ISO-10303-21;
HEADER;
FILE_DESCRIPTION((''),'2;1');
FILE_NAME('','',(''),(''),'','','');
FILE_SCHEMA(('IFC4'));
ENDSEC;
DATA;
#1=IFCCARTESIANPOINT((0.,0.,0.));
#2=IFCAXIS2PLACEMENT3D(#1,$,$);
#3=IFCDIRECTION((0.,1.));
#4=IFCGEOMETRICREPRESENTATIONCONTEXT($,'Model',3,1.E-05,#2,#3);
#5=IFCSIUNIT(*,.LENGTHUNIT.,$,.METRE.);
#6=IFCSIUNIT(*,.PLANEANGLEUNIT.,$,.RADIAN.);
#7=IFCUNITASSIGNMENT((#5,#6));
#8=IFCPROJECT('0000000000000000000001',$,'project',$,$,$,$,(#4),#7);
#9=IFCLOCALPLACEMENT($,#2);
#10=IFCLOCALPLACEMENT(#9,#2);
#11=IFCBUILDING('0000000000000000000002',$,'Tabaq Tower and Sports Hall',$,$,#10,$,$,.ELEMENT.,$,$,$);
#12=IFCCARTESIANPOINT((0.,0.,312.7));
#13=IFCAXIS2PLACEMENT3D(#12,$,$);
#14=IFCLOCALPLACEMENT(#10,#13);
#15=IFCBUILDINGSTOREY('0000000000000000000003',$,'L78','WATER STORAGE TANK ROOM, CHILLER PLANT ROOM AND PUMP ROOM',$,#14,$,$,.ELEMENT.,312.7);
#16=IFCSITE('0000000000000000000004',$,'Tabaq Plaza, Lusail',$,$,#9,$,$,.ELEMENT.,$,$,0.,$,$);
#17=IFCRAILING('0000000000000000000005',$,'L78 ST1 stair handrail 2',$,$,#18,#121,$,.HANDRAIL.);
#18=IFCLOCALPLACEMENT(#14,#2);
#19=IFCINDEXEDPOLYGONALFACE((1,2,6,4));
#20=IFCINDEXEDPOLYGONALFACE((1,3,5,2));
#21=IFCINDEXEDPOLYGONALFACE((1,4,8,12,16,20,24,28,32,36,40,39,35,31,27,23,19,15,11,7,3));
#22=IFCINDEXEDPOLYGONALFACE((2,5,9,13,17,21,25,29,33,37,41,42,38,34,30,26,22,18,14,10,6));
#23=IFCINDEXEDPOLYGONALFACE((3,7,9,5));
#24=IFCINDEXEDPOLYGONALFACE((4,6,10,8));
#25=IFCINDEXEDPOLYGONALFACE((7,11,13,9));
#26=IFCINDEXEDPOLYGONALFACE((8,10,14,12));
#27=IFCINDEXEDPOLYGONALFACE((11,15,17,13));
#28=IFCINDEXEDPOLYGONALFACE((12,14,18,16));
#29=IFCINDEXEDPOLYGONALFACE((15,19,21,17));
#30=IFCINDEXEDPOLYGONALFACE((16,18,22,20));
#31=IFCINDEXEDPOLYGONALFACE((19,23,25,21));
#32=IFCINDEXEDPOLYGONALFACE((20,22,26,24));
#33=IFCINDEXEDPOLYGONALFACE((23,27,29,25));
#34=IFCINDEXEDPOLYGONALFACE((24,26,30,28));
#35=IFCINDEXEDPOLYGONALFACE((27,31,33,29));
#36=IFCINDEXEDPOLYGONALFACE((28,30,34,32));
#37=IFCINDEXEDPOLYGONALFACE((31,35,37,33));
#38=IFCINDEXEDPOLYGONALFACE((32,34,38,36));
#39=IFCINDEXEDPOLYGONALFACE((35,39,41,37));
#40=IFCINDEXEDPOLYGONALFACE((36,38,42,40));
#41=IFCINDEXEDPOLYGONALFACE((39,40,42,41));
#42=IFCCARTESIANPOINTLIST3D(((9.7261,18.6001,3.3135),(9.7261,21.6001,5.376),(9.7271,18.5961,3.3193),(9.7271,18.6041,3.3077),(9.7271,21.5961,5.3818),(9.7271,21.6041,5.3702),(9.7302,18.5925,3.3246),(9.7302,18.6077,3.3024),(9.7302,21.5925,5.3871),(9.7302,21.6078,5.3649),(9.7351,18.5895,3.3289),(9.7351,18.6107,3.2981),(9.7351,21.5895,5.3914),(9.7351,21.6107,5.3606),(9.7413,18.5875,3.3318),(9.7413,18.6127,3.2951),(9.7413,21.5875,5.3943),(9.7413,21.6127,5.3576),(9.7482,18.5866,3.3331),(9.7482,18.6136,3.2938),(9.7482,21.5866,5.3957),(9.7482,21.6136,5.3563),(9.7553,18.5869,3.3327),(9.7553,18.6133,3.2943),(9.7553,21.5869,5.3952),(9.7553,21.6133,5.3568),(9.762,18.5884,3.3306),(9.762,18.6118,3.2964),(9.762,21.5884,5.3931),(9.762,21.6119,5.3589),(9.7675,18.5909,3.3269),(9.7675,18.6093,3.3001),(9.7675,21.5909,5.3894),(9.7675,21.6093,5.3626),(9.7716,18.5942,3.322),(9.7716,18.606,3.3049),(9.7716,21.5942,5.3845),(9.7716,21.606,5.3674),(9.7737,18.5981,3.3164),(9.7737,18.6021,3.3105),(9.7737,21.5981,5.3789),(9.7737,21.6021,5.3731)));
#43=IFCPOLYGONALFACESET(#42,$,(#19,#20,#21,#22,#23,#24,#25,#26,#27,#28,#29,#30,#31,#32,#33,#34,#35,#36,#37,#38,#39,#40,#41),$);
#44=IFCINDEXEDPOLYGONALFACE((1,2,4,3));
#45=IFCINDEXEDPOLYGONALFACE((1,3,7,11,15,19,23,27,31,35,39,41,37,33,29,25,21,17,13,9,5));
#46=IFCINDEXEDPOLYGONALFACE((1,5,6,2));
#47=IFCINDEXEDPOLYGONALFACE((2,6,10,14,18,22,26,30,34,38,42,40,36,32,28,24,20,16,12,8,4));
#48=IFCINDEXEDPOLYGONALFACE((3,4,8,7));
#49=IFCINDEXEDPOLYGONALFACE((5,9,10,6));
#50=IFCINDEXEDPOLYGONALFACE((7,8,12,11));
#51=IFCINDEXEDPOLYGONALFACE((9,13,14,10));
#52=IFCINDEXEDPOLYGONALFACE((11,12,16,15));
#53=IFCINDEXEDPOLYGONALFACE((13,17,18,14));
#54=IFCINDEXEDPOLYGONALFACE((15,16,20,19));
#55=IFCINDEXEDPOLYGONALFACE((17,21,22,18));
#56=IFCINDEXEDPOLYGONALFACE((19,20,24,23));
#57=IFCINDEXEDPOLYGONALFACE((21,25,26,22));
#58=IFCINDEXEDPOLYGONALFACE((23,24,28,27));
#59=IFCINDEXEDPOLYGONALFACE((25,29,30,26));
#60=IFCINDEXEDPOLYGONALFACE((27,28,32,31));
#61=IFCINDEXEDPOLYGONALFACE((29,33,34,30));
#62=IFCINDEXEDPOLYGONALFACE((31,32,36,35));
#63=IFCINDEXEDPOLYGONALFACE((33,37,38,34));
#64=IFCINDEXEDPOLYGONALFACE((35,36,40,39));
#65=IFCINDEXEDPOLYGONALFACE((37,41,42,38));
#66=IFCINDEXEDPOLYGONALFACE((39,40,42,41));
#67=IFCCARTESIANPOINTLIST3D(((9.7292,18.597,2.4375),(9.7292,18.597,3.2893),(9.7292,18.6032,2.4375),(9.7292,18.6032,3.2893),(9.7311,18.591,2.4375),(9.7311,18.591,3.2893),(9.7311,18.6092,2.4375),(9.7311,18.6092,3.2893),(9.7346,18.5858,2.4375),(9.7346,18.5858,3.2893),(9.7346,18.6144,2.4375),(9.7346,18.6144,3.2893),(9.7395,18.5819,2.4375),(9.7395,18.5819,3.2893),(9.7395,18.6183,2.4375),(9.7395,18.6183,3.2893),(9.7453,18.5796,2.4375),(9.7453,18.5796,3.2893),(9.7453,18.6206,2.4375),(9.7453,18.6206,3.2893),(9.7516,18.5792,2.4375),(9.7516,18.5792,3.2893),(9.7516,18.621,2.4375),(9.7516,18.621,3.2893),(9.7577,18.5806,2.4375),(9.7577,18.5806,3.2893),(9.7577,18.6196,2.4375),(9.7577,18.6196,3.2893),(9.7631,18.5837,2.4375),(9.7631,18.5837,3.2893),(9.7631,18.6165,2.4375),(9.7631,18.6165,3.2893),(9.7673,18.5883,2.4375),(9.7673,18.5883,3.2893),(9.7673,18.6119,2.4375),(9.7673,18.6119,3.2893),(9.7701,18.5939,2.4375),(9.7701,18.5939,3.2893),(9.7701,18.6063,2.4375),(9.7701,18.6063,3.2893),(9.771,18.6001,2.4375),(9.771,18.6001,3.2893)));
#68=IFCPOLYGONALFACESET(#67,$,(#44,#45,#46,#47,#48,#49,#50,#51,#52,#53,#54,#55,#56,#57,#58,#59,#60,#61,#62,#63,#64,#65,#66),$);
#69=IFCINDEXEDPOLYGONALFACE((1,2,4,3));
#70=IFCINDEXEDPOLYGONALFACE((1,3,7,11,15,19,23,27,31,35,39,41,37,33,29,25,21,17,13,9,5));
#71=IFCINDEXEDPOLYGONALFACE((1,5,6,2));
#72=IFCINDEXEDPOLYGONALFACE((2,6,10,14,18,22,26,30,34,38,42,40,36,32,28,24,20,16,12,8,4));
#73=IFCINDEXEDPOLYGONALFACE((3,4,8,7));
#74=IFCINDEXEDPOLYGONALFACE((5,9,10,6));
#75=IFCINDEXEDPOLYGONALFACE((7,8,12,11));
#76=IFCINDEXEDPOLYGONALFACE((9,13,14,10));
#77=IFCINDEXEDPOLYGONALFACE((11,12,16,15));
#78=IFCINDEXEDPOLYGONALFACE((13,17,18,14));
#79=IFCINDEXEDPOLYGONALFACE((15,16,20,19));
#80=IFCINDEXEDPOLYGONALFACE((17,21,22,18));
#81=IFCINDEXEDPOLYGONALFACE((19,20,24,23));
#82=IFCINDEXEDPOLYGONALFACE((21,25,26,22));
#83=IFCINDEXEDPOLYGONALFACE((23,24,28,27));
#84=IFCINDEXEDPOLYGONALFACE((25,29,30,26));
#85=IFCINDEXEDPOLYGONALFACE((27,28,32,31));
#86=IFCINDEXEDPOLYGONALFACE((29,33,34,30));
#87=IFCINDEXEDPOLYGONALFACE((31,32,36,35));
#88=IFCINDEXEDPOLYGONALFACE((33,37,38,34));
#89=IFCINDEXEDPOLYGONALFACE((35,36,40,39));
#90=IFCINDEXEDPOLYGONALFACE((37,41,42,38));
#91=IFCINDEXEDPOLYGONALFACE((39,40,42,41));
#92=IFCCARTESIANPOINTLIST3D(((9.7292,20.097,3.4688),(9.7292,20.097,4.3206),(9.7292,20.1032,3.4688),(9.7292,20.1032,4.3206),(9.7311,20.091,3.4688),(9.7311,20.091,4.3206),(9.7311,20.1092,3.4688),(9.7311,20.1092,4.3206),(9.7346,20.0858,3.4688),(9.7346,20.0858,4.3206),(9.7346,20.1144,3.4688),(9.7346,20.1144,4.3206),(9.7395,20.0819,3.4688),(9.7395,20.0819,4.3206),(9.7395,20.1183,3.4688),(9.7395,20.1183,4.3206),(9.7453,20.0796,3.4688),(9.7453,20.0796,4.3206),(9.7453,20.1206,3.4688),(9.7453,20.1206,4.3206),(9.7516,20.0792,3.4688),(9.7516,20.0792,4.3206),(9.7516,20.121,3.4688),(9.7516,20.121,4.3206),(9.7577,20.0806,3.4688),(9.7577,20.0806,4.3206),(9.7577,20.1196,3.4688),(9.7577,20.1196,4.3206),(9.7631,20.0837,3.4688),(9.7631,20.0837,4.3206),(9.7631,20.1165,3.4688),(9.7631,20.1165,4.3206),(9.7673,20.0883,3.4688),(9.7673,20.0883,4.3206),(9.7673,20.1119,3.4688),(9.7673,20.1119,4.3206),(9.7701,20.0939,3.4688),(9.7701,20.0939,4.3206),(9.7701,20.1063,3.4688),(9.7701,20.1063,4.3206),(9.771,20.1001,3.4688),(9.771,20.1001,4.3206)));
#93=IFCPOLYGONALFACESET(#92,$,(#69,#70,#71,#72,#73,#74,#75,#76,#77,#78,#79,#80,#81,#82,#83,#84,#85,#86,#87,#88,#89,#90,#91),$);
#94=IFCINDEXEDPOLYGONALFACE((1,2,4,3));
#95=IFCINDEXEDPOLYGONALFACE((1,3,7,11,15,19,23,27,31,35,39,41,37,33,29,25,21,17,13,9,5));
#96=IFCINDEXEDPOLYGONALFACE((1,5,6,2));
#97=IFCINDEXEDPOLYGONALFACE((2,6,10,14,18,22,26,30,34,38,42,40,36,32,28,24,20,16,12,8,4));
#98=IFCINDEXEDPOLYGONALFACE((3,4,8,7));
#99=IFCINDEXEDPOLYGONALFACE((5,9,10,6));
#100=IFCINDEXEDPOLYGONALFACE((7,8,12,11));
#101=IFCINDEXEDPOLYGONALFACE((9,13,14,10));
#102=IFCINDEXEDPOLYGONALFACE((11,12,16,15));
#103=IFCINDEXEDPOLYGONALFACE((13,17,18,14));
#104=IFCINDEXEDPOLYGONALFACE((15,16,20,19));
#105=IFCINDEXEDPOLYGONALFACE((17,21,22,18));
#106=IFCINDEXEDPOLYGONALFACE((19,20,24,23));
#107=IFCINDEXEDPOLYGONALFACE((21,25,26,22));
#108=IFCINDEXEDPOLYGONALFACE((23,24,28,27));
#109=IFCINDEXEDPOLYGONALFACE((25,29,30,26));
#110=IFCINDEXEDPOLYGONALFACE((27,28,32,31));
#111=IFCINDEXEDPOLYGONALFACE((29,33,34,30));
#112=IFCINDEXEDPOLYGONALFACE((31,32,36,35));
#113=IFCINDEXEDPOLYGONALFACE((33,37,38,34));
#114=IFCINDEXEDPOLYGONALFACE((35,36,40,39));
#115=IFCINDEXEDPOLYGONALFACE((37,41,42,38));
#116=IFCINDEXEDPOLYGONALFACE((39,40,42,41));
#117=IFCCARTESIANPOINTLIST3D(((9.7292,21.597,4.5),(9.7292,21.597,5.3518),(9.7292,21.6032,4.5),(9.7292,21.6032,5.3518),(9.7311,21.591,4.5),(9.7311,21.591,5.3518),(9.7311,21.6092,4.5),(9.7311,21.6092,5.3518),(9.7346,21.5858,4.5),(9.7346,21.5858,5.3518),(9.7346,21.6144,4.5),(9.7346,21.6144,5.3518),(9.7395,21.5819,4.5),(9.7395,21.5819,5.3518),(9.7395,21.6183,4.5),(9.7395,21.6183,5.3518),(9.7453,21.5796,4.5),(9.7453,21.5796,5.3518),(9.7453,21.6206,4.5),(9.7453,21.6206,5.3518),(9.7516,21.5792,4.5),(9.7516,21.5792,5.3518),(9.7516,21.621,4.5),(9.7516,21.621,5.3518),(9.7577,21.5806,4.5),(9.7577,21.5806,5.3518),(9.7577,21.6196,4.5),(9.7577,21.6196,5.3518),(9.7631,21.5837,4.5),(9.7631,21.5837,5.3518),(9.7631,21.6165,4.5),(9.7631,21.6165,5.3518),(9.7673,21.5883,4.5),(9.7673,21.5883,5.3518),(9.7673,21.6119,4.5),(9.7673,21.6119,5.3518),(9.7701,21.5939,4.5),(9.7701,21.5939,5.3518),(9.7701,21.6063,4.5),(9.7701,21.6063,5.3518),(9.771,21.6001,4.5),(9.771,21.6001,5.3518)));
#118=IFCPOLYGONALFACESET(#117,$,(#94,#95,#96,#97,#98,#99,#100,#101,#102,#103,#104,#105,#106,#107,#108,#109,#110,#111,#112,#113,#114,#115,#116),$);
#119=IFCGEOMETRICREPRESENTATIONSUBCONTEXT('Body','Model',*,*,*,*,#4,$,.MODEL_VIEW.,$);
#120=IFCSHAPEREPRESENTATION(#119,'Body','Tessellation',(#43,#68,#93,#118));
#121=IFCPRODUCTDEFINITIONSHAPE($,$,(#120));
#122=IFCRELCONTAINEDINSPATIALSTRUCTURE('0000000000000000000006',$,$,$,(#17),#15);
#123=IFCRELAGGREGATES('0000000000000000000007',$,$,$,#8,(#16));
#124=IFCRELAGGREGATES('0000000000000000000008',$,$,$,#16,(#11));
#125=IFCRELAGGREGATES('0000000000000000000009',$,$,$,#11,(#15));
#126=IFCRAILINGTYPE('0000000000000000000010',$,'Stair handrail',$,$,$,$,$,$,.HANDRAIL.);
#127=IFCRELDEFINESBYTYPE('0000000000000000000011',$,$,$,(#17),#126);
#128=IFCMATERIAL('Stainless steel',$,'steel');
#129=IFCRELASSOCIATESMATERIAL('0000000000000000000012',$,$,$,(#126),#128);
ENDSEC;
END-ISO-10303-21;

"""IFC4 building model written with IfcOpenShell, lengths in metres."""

from ifc_helpers import new_model, si_unit, direction, frame, origin, origin_2d, place, context, subcontext, project, spatial, circle, extrude, material, type_object, element, save


model = new_model("IFC4")

# Units and contexts
model_context = context("Model", 3, precision=1e-05, world=origin(), true_north=direction((0.0, 1.0)))
body_context = subcontext(model_context, "Body", "Model", "MODEL_VIEW")
ifc_project = project(units=[si_unit("LENGTHUNIT", "METRE"), si_unit("PLANEANGLEUNIT", "RADIAN")], contexts=[model_context])

# Site, building, storey
site_placement = place(None, origin())
site = spatial("IfcSite", under=ifc_project, at=site_placement, Name="Tabaq Plaza, Lusail", CompositionType="ELEMENT", RefElevation=0.0)
building_placement = place(site_placement, origin())
building = spatial("IfcBuilding", under=site, at=building_placement, Name="Tabaq Tower and Sports Hall", CompositionType="ELEMENT")
storey_placement = place(building_placement, frame((0.0, 0.0, 312.7)))
storey = spatial("IfcBuildingStorey", under=building, at=storey_placement, Name="L78", Description="WATER STORAGE TANK ROOM, CHILLER PLANT ROOM AND PUMP ROOM", CompositionType="ELEMENT", Elevation=312.7)

# Railing
ifc_material_1 = material(Name="Stainless steel", Category="steel")
railing_type_1 = type_object("IfcRailingType", Name="Stair handrail", PredefinedType="HANDRAIL", material=ifc_material_1)
railing_1_placement = place(storey_placement, frame((9.75, 18.6001, 2.4375)))
element("IfcRailing", 1, at=railing_1_placement, inside=storey, type_object=railing_type_1, Name="L78 ST1 stair handrail 2", PredefinedType="HANDRAIL", context=body_context, shape_type="SweptSolid", body=[
    extrude(circle(Radius=0.0239, at=origin_2d()), frame((0.0, 0.0, 0.876), z_axis=(0.0, 0.824042, 0.566529), x_axis=(-1.0, 0.0, 0.0)), (0.0, 0.0, 1.0), 3.6406),
    extrude(circle(Radius=0.021, at=origin_2d()), origin(), (0.0, 0.0, 1.0), 0.8518),
    extrude(circle(Radius=0.021, at=origin_2d()), frame((0.0, 1.5, 1.0312)), (0.0, 0.0, 1.0), 0.8518),
    extrude(circle(Radius=0.021, at=origin_2d()), frame((0.0, 3.0, 2.0625)), (0.0, 0.0, 1.0), 0.8518),
])

save(model, "model.ifc")
